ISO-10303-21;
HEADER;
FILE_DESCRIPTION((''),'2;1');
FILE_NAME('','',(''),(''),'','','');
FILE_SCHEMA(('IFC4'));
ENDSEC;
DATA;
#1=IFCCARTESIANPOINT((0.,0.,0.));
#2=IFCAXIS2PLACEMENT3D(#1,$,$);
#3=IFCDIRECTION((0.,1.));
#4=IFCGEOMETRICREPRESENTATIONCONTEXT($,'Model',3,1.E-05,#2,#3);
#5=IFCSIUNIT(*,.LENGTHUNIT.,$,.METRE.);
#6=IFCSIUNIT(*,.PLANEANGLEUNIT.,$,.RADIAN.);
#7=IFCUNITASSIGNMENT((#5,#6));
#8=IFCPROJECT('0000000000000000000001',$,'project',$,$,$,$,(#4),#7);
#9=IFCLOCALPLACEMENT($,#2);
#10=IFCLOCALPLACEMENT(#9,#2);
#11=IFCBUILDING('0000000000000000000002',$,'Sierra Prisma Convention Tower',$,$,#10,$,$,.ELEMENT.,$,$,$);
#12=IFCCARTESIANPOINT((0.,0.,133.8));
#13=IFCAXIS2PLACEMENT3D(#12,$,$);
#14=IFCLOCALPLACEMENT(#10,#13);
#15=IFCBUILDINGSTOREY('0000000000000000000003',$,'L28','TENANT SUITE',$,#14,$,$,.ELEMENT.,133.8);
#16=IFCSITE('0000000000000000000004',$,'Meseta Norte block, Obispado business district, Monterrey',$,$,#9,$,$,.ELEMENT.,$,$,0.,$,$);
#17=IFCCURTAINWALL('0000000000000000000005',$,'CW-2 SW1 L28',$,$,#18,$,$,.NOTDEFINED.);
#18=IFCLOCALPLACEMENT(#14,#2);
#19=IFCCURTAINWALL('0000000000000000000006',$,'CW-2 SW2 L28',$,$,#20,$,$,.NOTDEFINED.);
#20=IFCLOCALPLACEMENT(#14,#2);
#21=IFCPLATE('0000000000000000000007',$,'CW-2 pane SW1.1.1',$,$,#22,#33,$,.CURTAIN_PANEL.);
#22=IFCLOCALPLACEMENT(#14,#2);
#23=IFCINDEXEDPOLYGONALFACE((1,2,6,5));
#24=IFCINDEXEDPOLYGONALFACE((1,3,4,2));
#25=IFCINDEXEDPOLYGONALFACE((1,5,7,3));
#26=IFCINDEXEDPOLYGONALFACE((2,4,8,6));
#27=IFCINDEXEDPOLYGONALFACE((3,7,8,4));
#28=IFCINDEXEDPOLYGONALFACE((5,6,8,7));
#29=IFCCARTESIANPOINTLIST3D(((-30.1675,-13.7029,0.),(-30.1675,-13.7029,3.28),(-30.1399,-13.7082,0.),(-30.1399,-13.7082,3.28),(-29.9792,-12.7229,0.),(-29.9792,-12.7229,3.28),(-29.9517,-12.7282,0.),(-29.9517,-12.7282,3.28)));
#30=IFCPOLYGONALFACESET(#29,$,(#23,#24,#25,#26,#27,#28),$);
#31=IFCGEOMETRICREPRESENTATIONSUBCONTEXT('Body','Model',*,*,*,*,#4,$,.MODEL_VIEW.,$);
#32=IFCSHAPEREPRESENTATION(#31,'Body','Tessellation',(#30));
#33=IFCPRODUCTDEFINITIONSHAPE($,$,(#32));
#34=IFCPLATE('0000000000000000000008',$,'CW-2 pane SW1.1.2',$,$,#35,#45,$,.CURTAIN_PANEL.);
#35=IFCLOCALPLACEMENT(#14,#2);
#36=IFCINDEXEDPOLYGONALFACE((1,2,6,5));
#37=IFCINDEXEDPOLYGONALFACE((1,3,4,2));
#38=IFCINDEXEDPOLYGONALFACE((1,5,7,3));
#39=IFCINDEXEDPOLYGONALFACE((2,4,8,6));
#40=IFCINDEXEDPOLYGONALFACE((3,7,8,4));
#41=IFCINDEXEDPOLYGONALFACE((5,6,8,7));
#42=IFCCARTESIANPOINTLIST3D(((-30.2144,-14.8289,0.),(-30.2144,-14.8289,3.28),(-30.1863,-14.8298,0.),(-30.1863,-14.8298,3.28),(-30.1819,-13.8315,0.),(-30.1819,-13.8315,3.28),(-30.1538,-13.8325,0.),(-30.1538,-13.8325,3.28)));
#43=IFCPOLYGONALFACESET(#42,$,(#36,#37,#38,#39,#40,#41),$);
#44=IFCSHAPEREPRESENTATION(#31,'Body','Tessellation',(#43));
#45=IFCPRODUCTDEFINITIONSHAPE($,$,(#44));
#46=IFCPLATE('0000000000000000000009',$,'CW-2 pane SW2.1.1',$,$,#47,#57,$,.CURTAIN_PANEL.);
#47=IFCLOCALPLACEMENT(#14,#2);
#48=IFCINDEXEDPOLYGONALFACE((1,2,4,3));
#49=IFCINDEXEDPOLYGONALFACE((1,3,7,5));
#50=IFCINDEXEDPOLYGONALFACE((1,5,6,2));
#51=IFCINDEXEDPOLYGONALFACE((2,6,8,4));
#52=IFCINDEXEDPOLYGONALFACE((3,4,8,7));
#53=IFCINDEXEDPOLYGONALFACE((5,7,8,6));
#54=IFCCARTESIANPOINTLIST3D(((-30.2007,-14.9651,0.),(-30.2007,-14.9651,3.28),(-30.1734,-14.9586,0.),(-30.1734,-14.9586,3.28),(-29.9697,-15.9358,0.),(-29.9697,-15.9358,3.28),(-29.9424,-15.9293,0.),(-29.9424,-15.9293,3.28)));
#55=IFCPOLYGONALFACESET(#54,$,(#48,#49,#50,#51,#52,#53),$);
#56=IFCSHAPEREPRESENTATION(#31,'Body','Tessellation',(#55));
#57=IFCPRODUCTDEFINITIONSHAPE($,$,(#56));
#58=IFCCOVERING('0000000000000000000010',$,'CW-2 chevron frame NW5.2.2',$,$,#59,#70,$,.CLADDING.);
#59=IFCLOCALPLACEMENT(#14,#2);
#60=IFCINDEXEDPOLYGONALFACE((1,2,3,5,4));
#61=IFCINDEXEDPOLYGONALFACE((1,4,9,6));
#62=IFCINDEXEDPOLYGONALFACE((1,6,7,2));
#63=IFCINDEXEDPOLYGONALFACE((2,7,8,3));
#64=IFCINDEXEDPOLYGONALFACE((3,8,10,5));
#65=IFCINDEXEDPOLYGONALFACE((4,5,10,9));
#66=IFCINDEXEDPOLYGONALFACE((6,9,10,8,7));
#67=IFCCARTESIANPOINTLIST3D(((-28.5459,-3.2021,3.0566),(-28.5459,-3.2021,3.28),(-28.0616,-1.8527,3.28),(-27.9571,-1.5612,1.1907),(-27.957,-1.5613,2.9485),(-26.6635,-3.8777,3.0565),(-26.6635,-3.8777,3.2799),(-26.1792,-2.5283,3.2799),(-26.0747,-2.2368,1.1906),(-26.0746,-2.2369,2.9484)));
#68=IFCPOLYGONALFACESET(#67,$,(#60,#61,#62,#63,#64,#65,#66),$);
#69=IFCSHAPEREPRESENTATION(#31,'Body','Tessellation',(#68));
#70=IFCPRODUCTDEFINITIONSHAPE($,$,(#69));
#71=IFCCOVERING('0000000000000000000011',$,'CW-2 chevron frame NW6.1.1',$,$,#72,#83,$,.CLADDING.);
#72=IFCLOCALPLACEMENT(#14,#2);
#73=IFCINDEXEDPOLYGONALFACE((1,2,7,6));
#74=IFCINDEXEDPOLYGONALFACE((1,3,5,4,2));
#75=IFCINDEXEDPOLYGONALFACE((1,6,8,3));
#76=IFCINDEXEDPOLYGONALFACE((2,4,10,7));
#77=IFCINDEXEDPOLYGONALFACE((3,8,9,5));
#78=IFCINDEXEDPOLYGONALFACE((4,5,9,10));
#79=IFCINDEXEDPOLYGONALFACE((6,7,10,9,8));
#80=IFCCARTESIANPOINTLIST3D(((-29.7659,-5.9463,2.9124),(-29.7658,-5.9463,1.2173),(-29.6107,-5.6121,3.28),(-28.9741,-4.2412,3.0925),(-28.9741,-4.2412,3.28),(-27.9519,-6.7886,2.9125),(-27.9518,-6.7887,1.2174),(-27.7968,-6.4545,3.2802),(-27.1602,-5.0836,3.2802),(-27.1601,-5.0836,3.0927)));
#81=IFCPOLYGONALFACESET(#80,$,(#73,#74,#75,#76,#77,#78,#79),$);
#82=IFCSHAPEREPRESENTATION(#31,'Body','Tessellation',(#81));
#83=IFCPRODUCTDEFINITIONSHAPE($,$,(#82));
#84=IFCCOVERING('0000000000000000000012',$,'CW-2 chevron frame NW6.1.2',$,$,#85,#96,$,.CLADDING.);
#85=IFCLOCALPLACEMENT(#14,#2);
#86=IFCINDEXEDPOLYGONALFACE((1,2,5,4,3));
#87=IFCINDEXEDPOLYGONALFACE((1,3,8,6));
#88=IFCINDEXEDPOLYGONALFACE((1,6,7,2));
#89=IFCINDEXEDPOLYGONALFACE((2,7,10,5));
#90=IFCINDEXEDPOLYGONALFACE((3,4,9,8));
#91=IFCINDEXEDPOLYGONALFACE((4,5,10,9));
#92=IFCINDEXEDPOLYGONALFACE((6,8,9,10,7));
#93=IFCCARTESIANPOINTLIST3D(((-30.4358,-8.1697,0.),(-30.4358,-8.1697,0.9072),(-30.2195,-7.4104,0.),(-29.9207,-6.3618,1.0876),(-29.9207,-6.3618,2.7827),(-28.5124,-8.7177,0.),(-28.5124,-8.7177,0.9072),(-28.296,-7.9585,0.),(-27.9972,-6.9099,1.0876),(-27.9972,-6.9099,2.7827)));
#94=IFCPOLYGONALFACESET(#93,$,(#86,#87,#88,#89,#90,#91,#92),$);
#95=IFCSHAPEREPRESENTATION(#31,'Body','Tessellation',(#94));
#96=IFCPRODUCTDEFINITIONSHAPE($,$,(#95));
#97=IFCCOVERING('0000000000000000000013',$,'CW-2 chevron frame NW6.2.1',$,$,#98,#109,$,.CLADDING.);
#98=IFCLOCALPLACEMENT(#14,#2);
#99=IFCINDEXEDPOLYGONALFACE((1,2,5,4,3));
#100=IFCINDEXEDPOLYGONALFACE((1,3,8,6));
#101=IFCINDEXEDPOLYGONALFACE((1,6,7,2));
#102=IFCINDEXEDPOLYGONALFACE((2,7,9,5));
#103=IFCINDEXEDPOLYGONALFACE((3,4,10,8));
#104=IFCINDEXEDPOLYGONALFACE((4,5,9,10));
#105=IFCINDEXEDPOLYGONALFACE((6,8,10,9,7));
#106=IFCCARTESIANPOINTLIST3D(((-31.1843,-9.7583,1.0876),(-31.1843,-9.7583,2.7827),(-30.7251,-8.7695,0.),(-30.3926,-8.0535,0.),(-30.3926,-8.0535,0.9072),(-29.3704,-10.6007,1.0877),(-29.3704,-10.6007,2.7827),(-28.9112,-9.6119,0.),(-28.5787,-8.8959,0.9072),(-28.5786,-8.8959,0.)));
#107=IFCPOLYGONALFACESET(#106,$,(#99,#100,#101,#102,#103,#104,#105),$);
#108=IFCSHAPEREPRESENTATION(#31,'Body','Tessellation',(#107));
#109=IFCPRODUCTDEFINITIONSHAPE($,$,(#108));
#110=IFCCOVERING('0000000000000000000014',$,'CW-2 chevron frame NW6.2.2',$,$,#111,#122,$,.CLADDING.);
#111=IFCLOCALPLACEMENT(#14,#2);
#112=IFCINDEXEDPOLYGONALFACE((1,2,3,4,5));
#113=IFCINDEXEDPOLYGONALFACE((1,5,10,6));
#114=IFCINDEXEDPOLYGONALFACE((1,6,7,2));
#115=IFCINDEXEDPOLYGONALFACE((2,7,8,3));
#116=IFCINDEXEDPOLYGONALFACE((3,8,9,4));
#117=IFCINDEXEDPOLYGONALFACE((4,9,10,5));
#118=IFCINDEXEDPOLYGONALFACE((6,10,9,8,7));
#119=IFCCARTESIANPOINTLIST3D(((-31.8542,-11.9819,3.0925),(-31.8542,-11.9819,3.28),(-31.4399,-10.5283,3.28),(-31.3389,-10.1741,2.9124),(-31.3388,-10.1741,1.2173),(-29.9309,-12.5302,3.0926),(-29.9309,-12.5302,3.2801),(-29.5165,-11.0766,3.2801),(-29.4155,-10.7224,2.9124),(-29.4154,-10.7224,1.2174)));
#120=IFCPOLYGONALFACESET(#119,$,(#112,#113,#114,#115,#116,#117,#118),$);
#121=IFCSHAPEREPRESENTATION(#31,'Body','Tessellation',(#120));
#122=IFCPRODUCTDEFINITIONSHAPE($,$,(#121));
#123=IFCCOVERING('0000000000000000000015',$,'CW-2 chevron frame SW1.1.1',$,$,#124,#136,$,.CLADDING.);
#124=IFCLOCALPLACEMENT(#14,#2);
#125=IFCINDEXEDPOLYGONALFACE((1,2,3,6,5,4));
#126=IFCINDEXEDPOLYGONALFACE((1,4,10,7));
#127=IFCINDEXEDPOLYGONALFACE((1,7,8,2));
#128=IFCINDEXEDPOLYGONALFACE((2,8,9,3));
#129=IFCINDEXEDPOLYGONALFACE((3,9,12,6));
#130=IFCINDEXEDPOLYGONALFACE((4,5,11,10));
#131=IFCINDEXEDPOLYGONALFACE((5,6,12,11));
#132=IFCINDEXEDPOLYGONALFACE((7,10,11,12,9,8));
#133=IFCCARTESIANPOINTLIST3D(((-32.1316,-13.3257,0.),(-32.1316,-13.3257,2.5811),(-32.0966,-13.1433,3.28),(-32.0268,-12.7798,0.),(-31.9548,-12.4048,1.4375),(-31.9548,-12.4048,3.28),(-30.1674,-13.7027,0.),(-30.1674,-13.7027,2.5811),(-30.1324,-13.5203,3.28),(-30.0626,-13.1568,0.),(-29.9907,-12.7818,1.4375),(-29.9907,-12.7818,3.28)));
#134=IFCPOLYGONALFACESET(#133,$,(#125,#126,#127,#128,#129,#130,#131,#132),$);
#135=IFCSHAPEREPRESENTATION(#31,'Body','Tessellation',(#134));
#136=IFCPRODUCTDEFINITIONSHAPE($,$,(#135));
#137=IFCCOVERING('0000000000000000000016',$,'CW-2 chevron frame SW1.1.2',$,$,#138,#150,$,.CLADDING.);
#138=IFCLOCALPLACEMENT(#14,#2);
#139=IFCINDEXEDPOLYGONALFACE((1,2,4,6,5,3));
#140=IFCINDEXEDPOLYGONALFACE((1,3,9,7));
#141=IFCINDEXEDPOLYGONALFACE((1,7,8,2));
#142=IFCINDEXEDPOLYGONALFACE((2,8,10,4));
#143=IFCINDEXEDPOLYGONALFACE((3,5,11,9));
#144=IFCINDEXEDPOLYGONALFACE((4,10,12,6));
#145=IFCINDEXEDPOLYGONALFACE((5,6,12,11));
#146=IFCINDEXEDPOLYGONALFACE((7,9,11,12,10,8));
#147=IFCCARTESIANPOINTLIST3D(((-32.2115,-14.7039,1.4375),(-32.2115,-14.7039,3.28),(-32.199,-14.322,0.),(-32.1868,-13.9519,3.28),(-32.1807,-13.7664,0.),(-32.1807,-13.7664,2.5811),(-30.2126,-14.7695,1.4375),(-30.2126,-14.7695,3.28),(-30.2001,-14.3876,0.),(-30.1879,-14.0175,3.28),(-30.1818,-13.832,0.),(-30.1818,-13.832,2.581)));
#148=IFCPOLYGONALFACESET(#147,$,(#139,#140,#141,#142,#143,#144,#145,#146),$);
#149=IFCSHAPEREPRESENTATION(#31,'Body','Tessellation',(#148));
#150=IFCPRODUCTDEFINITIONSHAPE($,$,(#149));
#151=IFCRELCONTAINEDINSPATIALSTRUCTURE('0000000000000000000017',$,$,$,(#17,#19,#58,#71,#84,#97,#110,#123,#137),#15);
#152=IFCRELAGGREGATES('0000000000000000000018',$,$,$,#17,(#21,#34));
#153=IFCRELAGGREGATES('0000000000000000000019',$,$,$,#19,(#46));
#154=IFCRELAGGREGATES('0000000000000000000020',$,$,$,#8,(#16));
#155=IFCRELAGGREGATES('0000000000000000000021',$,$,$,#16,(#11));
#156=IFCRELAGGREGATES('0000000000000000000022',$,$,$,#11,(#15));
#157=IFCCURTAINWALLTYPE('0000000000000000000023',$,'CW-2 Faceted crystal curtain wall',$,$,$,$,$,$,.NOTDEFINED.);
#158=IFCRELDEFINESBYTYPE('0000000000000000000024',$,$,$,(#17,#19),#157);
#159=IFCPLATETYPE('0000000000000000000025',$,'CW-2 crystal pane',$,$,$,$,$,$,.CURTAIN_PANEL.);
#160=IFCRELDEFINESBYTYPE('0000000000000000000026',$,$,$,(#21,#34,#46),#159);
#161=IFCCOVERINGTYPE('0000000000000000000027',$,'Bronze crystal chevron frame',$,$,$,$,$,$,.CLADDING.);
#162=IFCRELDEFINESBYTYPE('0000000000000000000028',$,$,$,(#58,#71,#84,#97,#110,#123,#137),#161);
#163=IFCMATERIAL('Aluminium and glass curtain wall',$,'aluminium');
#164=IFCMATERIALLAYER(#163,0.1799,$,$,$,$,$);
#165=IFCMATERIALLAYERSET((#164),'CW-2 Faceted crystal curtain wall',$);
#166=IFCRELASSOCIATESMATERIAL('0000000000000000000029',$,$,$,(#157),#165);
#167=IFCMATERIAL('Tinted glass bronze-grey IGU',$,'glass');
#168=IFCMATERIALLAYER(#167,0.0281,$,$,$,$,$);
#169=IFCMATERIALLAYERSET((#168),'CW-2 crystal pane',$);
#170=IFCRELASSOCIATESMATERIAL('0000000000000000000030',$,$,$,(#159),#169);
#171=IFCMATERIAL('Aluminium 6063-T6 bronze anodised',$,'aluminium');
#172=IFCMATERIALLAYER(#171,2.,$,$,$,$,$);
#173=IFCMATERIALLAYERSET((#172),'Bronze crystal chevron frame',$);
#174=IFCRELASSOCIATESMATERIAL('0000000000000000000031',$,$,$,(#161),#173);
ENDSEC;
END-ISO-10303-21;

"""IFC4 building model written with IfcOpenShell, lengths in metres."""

from ifc_helpers import new_model, si_unit, direction, frame, origin, place, context, subcontext, project, spatial, polyline, outline, extrude, material, layer, layer_set, type_object, element, aggregate, save


model = new_model("IFC4")

# Units and contexts
model_context = context("Model", 3, precision=1e-05, world=origin(), true_north=direction((0.0, 1.0)))
body_context = subcontext(model_context, "Body", "Model", "MODEL_VIEW")
ifc_project = project(units=[si_unit("LENGTHUNIT", "METRE"), si_unit("PLANEANGLEUNIT", "RADIAN")], contexts=[model_context])

# Site, building, storey
site_placement = place(None, origin())
site = spatial("IfcSite", under=ifc_project, at=site_placement, Name="Meseta Norte block, Obispado business district, Monterrey", CompositionType="ELEMENT", RefElevation=0.0)
building_placement = place(site_placement, origin())
building = spatial("IfcBuilding", under=site, at=building_placement, Name="Sierra Prisma Convention Tower", CompositionType="ELEMENT")
storey_placement = place(building_placement, frame((0.0, 0.0, 133.8)))
storey = spatial("IfcBuildingStorey", under=building, at=storey_placement, Name="L28", Description="TENANT SUITE", CompositionType="ELEMENT", Elevation=133.8)

# Shared definitions
ifc_material_1 = material(Name="Aluminium and glass curtain wall", Category="aluminium")
ifc_layer_1 = layer(ifc_material_1, 0.1799)
ifc_layer_set_1 = layer_set([ifc_layer_1], Name="CW-2 Faceted crystal curtain wall")
curtain_wall_type = type_object("IfcCurtainWallType", Name="CW-2 Faceted crystal curtain wall", PredefinedType="NOTDEFINED", material=ifc_layer_set_1)

# Curtain wall
curtain_wall_1_placement = place(storey_placement, origin())
curtain_wall_1 = element("IfcCurtainWall", 1, at=curtain_wall_1_placement, inside=storey, type_object=curtain_wall_type, Name="CW-2 SW1 L28", PredefinedType="NOTDEFINED")

# Curtain wall
curtain_wall_2_placement = place(storey_placement, origin())
curtain_wall_2 = element("IfcCurtainWall", 2, at=curtain_wall_2_placement, inside=storey, type_object=curtain_wall_type, Name="CW-2 SW2 L28", PredefinedType="NOTDEFINED")

# Plates
ifc_material_2 = material(Name="Tinted glass bronze-grey IGU", Category="glass")
ifc_layer_2 = layer(ifc_material_2, 0.0281)
ifc_layer_set_2 = layer_set([ifc_layer_2], Name="CW-2 crystal pane")
plate_type = type_object("IfcPlateType", Name="CW-2 crystal pane", PredefinedType="CURTAIN_PANEL", material=ifc_layer_set_2)
plate_1_placement = place(storey_placement, frame((-29.9792, -12.7229, 0.0), z_axis=(-0.982048, 0.18863, 0.0), x_axis=(-0.18863, -0.982048, 0.0)))
plate_1 = element("IfcPlate", 3, at=plate_1_placement, type_object=plate_type, Name="CW-2 pane SW1.1.1", PredefinedType="CURTAIN_PANEL", context=body_context, shape_type="SweptSolid", body=[
    extrude(outline(polyline([(0.0, 0.0), (0.9979, 0.0), (0.9979, 3.28), (0.0, 3.28), (0.0, 0.0)])), origin(), (0.0, 0.0, -1.0), 0.0281),
])
plate_2_placement = place(storey_placement, frame((-30.2144, -14.8289, 0.0), z_axis=(-0.99947, 0.032541, 0.0), x_axis=(0.032541, 0.99947, 0.0)))
plate_2 = element("IfcPlate", 4, at=plate_2_placement, type_object=plate_type, Name="CW-2 pane SW1.1.2", PredefinedType="CURTAIN_PANEL", context=body_context, shape_type="SweptSolid", body=[
    extrude(outline(polyline([(0.0, 0.0), (0.9978, 0.0), (0.9978, -3.28), (0.0, -3.28), (0.0, 0.0)])), origin(), (0.0, 0.0, -1.0), 0.0281),
])
aggregate(curtain_wall_1, [plate_1, plate_2])
plate_3_placement = place(storey_placement, frame((-30.2007, -14.9651, 0.0), z_axis=(-0.972843, -0.231466, 0.0), x_axis=(0.231466, -0.972843, 0.0)))
plate_3 = element("IfcPlate", 5, at=plate_3_placement, type_object=plate_type, Name="CW-2 pane SW2.1.1", PredefinedType="CURTAIN_PANEL", context=body_context, shape_type="SweptSolid", body=[
    extrude(outline(polyline([(0.0, 0.0), (0.9978, 0.0), (0.9978, 3.28), (0.0, 3.28), (0.0, 0.0)])), origin(), (0.0, 0.0, -1.0), 0.0281),
])
aggregate(curtain_wall_2, [plate_3])

# Coverings
ifc_material_3 = material(Name="Aluminium 6063-T6 bronze anodised", Category="aluminium")
ifc_layer_3 = layer(ifc_material_3, 2.0)
ifc_layer_set_3 = layer_set([ifc_layer_3], Name="Bronze crystal chevron frame")
covering_type = type_object("IfcCoveringType", Name="Bronze crystal chevron frame", PredefinedType="CLADDING", material=ifc_layer_set_3)
covering_1_placement = place(storey_placement, frame((-28.5459, -3.2021, 3.28), z_axis=(-0.941221, 0.337791, 0.000051), x_axis=(0.337791, 0.941221, 0.0)))
element("IfcCovering", 6, at=covering_1_placement, inside=storey, type_object=covering_type, Name="CW-2 chevron frame NW5.2.2", PredefinedType="CLADDING", context=body_context, shape_type="SweptSolid", body=[
    extrude(outline(polyline([(0.0, 0.0), (1.4337, 0.0), (1.7433, 0.3315), (1.7433, 2.0894), (0.0, 0.2234), (0.0, 0.0)])), origin(), (0.0, 0.0, -1.0), 2.0),
])
covering_2_placement = place(storey_placement, frame((-28.9741, -4.2412, 3.28), z_axis=(-0.906982, 0.42117, -0.00007), x_axis=(0.000064, -0.00003, -1.0)))
element("IfcCovering", 7, at=covering_2_placement, inside=storey, type_object=covering_type, Name="CW-2 chevron frame NW6.1.1", PredefinedType="CLADDING", context=body_context, shape_type="SweptSolid", body=[
    extrude(outline(polyline([(0.0, 0.0), (0.1875, 0.0), (2.0627, 1.8799), (0.3677, 1.8799), (0.0, 1.5115), (0.0, 0.0)])), origin(), (0.0, 0.0, -1.0), 2.0),
])
covering_3_placement = place(storey_placement, frame((-29.9207, -6.3618, 2.7827), z_axis=(-0.961722, 0.274028, 0.000013), x_axis=(-0.000013, 0.000004, -1.0)))
element("IfcCovering", 8, at=covering_3_placement, inside=storey, type_object=covering_type, Name="CW-2 chevron frame NW6.1.2", PredefinedType="CLADDING", context=body_context, shape_type="SweptSolid", body=[
    extrude(outline(polyline([(0.0, 0.0), (1.6951, 0.0), (2.7827, 1.0903), (2.7827, 1.8798), (1.8755, 1.8798), (0.0, 0.0)])), origin(), (0.0, 0.0, -1.0), 2.0),
])
covering_4_placement = place(storey_placement, frame((-30.3926, -8.0535, 0.0), z_axis=(-0.906967, 0.421202, -0.000009), x_axis=(-0.421202, -0.906967, 0.0)))
element("IfcCovering", 9, at=covering_4_placement, inside=storey, type_object=covering_type, Name="CW-2 chevron frame NW6.2.1", PredefinedType="CLADDING", context=body_context, shape_type="SweptSolid", body=[
    extrude(outline(polyline([(0.0, 0.0), (0.7895, 0.0), (1.8797, 1.0876), (1.8797, 2.7827), (0.0, 0.9072), (0.0, 0.0)])), origin(), (0.0, 0.0, -1.0), 2.0),
])
covering_5_placement = place(storey_placement, frame((-31.8542, -11.9819, 3.28), z_axis=(-0.961688, 0.274148, -0.000038), x_axis=(0.274148, 0.961688, 0.0)))
element("IfcCovering", 10, at=covering_5_placement, inside=storey, type_object=covering_type, Name="CW-2 chevron frame NW6.2.2", PredefinedType="CLADDING", context=body_context, shape_type="SweptSolid", body=[
    extrude(outline(polyline([(0.0, 0.0), (1.5115, 0.0), (1.8799, 0.3677), (1.8799, 2.0627), (0.0, 0.1875), (0.0, 0.0)])), origin(), (0.0, 0.0, -1.0), 2.0),
])
covering_6_placement = place(storey_placement, frame((-31.9548, -12.4048, 3.28), z_axis=(-0.982073, 0.1885, -0.000008), x_axis=(0.000008, -0.000002, -1.0)))
element("IfcCovering", 11, at=covering_6_placement, inside=storey, type_object=covering_type, Name="CW-2 chevron frame SW1.1.1", PredefinedType="CLADDING", context=body_context, shape_type="SweptSolid", body=[
    extrude(outline(polyline([(0.0, 0.0), (1.8425, 0.0), (3.28, 0.3819), (3.28, 0.9377), (0.699, 0.9377), (0.0, 0.752), (0.0, 0.0)])), origin(), (0.0, 0.0, -1.0), 2.0),
])
covering_7_placement = place(storey_placement, frame((-32.199, -14.322, 0.0), z_axis=(-0.999461, 0.032813, 0.000011), x_axis=(-0.008418, -0.256712, 0.966451)))
element("IfcCovering", 12, at=covering_7_placement, inside=storey, type_object=covering_type, Name="CW-2 chevron frame SW1.1.2", PredefinedType="CLADDING", context=body_context, shape_type="SweptSolid", body=[
    extrude(outline(polyline([(0.0, 0.0), (1.4874, 0.0), (3.2681, 0.4733), (3.0749, 1.2004), (2.3517, 1.2003), (-0.1428, 0.5373), (0.0, 0.0)])), origin(), (0.0, 0.0, -1.0), 2.0),
])

save(model, "model.ifc")
